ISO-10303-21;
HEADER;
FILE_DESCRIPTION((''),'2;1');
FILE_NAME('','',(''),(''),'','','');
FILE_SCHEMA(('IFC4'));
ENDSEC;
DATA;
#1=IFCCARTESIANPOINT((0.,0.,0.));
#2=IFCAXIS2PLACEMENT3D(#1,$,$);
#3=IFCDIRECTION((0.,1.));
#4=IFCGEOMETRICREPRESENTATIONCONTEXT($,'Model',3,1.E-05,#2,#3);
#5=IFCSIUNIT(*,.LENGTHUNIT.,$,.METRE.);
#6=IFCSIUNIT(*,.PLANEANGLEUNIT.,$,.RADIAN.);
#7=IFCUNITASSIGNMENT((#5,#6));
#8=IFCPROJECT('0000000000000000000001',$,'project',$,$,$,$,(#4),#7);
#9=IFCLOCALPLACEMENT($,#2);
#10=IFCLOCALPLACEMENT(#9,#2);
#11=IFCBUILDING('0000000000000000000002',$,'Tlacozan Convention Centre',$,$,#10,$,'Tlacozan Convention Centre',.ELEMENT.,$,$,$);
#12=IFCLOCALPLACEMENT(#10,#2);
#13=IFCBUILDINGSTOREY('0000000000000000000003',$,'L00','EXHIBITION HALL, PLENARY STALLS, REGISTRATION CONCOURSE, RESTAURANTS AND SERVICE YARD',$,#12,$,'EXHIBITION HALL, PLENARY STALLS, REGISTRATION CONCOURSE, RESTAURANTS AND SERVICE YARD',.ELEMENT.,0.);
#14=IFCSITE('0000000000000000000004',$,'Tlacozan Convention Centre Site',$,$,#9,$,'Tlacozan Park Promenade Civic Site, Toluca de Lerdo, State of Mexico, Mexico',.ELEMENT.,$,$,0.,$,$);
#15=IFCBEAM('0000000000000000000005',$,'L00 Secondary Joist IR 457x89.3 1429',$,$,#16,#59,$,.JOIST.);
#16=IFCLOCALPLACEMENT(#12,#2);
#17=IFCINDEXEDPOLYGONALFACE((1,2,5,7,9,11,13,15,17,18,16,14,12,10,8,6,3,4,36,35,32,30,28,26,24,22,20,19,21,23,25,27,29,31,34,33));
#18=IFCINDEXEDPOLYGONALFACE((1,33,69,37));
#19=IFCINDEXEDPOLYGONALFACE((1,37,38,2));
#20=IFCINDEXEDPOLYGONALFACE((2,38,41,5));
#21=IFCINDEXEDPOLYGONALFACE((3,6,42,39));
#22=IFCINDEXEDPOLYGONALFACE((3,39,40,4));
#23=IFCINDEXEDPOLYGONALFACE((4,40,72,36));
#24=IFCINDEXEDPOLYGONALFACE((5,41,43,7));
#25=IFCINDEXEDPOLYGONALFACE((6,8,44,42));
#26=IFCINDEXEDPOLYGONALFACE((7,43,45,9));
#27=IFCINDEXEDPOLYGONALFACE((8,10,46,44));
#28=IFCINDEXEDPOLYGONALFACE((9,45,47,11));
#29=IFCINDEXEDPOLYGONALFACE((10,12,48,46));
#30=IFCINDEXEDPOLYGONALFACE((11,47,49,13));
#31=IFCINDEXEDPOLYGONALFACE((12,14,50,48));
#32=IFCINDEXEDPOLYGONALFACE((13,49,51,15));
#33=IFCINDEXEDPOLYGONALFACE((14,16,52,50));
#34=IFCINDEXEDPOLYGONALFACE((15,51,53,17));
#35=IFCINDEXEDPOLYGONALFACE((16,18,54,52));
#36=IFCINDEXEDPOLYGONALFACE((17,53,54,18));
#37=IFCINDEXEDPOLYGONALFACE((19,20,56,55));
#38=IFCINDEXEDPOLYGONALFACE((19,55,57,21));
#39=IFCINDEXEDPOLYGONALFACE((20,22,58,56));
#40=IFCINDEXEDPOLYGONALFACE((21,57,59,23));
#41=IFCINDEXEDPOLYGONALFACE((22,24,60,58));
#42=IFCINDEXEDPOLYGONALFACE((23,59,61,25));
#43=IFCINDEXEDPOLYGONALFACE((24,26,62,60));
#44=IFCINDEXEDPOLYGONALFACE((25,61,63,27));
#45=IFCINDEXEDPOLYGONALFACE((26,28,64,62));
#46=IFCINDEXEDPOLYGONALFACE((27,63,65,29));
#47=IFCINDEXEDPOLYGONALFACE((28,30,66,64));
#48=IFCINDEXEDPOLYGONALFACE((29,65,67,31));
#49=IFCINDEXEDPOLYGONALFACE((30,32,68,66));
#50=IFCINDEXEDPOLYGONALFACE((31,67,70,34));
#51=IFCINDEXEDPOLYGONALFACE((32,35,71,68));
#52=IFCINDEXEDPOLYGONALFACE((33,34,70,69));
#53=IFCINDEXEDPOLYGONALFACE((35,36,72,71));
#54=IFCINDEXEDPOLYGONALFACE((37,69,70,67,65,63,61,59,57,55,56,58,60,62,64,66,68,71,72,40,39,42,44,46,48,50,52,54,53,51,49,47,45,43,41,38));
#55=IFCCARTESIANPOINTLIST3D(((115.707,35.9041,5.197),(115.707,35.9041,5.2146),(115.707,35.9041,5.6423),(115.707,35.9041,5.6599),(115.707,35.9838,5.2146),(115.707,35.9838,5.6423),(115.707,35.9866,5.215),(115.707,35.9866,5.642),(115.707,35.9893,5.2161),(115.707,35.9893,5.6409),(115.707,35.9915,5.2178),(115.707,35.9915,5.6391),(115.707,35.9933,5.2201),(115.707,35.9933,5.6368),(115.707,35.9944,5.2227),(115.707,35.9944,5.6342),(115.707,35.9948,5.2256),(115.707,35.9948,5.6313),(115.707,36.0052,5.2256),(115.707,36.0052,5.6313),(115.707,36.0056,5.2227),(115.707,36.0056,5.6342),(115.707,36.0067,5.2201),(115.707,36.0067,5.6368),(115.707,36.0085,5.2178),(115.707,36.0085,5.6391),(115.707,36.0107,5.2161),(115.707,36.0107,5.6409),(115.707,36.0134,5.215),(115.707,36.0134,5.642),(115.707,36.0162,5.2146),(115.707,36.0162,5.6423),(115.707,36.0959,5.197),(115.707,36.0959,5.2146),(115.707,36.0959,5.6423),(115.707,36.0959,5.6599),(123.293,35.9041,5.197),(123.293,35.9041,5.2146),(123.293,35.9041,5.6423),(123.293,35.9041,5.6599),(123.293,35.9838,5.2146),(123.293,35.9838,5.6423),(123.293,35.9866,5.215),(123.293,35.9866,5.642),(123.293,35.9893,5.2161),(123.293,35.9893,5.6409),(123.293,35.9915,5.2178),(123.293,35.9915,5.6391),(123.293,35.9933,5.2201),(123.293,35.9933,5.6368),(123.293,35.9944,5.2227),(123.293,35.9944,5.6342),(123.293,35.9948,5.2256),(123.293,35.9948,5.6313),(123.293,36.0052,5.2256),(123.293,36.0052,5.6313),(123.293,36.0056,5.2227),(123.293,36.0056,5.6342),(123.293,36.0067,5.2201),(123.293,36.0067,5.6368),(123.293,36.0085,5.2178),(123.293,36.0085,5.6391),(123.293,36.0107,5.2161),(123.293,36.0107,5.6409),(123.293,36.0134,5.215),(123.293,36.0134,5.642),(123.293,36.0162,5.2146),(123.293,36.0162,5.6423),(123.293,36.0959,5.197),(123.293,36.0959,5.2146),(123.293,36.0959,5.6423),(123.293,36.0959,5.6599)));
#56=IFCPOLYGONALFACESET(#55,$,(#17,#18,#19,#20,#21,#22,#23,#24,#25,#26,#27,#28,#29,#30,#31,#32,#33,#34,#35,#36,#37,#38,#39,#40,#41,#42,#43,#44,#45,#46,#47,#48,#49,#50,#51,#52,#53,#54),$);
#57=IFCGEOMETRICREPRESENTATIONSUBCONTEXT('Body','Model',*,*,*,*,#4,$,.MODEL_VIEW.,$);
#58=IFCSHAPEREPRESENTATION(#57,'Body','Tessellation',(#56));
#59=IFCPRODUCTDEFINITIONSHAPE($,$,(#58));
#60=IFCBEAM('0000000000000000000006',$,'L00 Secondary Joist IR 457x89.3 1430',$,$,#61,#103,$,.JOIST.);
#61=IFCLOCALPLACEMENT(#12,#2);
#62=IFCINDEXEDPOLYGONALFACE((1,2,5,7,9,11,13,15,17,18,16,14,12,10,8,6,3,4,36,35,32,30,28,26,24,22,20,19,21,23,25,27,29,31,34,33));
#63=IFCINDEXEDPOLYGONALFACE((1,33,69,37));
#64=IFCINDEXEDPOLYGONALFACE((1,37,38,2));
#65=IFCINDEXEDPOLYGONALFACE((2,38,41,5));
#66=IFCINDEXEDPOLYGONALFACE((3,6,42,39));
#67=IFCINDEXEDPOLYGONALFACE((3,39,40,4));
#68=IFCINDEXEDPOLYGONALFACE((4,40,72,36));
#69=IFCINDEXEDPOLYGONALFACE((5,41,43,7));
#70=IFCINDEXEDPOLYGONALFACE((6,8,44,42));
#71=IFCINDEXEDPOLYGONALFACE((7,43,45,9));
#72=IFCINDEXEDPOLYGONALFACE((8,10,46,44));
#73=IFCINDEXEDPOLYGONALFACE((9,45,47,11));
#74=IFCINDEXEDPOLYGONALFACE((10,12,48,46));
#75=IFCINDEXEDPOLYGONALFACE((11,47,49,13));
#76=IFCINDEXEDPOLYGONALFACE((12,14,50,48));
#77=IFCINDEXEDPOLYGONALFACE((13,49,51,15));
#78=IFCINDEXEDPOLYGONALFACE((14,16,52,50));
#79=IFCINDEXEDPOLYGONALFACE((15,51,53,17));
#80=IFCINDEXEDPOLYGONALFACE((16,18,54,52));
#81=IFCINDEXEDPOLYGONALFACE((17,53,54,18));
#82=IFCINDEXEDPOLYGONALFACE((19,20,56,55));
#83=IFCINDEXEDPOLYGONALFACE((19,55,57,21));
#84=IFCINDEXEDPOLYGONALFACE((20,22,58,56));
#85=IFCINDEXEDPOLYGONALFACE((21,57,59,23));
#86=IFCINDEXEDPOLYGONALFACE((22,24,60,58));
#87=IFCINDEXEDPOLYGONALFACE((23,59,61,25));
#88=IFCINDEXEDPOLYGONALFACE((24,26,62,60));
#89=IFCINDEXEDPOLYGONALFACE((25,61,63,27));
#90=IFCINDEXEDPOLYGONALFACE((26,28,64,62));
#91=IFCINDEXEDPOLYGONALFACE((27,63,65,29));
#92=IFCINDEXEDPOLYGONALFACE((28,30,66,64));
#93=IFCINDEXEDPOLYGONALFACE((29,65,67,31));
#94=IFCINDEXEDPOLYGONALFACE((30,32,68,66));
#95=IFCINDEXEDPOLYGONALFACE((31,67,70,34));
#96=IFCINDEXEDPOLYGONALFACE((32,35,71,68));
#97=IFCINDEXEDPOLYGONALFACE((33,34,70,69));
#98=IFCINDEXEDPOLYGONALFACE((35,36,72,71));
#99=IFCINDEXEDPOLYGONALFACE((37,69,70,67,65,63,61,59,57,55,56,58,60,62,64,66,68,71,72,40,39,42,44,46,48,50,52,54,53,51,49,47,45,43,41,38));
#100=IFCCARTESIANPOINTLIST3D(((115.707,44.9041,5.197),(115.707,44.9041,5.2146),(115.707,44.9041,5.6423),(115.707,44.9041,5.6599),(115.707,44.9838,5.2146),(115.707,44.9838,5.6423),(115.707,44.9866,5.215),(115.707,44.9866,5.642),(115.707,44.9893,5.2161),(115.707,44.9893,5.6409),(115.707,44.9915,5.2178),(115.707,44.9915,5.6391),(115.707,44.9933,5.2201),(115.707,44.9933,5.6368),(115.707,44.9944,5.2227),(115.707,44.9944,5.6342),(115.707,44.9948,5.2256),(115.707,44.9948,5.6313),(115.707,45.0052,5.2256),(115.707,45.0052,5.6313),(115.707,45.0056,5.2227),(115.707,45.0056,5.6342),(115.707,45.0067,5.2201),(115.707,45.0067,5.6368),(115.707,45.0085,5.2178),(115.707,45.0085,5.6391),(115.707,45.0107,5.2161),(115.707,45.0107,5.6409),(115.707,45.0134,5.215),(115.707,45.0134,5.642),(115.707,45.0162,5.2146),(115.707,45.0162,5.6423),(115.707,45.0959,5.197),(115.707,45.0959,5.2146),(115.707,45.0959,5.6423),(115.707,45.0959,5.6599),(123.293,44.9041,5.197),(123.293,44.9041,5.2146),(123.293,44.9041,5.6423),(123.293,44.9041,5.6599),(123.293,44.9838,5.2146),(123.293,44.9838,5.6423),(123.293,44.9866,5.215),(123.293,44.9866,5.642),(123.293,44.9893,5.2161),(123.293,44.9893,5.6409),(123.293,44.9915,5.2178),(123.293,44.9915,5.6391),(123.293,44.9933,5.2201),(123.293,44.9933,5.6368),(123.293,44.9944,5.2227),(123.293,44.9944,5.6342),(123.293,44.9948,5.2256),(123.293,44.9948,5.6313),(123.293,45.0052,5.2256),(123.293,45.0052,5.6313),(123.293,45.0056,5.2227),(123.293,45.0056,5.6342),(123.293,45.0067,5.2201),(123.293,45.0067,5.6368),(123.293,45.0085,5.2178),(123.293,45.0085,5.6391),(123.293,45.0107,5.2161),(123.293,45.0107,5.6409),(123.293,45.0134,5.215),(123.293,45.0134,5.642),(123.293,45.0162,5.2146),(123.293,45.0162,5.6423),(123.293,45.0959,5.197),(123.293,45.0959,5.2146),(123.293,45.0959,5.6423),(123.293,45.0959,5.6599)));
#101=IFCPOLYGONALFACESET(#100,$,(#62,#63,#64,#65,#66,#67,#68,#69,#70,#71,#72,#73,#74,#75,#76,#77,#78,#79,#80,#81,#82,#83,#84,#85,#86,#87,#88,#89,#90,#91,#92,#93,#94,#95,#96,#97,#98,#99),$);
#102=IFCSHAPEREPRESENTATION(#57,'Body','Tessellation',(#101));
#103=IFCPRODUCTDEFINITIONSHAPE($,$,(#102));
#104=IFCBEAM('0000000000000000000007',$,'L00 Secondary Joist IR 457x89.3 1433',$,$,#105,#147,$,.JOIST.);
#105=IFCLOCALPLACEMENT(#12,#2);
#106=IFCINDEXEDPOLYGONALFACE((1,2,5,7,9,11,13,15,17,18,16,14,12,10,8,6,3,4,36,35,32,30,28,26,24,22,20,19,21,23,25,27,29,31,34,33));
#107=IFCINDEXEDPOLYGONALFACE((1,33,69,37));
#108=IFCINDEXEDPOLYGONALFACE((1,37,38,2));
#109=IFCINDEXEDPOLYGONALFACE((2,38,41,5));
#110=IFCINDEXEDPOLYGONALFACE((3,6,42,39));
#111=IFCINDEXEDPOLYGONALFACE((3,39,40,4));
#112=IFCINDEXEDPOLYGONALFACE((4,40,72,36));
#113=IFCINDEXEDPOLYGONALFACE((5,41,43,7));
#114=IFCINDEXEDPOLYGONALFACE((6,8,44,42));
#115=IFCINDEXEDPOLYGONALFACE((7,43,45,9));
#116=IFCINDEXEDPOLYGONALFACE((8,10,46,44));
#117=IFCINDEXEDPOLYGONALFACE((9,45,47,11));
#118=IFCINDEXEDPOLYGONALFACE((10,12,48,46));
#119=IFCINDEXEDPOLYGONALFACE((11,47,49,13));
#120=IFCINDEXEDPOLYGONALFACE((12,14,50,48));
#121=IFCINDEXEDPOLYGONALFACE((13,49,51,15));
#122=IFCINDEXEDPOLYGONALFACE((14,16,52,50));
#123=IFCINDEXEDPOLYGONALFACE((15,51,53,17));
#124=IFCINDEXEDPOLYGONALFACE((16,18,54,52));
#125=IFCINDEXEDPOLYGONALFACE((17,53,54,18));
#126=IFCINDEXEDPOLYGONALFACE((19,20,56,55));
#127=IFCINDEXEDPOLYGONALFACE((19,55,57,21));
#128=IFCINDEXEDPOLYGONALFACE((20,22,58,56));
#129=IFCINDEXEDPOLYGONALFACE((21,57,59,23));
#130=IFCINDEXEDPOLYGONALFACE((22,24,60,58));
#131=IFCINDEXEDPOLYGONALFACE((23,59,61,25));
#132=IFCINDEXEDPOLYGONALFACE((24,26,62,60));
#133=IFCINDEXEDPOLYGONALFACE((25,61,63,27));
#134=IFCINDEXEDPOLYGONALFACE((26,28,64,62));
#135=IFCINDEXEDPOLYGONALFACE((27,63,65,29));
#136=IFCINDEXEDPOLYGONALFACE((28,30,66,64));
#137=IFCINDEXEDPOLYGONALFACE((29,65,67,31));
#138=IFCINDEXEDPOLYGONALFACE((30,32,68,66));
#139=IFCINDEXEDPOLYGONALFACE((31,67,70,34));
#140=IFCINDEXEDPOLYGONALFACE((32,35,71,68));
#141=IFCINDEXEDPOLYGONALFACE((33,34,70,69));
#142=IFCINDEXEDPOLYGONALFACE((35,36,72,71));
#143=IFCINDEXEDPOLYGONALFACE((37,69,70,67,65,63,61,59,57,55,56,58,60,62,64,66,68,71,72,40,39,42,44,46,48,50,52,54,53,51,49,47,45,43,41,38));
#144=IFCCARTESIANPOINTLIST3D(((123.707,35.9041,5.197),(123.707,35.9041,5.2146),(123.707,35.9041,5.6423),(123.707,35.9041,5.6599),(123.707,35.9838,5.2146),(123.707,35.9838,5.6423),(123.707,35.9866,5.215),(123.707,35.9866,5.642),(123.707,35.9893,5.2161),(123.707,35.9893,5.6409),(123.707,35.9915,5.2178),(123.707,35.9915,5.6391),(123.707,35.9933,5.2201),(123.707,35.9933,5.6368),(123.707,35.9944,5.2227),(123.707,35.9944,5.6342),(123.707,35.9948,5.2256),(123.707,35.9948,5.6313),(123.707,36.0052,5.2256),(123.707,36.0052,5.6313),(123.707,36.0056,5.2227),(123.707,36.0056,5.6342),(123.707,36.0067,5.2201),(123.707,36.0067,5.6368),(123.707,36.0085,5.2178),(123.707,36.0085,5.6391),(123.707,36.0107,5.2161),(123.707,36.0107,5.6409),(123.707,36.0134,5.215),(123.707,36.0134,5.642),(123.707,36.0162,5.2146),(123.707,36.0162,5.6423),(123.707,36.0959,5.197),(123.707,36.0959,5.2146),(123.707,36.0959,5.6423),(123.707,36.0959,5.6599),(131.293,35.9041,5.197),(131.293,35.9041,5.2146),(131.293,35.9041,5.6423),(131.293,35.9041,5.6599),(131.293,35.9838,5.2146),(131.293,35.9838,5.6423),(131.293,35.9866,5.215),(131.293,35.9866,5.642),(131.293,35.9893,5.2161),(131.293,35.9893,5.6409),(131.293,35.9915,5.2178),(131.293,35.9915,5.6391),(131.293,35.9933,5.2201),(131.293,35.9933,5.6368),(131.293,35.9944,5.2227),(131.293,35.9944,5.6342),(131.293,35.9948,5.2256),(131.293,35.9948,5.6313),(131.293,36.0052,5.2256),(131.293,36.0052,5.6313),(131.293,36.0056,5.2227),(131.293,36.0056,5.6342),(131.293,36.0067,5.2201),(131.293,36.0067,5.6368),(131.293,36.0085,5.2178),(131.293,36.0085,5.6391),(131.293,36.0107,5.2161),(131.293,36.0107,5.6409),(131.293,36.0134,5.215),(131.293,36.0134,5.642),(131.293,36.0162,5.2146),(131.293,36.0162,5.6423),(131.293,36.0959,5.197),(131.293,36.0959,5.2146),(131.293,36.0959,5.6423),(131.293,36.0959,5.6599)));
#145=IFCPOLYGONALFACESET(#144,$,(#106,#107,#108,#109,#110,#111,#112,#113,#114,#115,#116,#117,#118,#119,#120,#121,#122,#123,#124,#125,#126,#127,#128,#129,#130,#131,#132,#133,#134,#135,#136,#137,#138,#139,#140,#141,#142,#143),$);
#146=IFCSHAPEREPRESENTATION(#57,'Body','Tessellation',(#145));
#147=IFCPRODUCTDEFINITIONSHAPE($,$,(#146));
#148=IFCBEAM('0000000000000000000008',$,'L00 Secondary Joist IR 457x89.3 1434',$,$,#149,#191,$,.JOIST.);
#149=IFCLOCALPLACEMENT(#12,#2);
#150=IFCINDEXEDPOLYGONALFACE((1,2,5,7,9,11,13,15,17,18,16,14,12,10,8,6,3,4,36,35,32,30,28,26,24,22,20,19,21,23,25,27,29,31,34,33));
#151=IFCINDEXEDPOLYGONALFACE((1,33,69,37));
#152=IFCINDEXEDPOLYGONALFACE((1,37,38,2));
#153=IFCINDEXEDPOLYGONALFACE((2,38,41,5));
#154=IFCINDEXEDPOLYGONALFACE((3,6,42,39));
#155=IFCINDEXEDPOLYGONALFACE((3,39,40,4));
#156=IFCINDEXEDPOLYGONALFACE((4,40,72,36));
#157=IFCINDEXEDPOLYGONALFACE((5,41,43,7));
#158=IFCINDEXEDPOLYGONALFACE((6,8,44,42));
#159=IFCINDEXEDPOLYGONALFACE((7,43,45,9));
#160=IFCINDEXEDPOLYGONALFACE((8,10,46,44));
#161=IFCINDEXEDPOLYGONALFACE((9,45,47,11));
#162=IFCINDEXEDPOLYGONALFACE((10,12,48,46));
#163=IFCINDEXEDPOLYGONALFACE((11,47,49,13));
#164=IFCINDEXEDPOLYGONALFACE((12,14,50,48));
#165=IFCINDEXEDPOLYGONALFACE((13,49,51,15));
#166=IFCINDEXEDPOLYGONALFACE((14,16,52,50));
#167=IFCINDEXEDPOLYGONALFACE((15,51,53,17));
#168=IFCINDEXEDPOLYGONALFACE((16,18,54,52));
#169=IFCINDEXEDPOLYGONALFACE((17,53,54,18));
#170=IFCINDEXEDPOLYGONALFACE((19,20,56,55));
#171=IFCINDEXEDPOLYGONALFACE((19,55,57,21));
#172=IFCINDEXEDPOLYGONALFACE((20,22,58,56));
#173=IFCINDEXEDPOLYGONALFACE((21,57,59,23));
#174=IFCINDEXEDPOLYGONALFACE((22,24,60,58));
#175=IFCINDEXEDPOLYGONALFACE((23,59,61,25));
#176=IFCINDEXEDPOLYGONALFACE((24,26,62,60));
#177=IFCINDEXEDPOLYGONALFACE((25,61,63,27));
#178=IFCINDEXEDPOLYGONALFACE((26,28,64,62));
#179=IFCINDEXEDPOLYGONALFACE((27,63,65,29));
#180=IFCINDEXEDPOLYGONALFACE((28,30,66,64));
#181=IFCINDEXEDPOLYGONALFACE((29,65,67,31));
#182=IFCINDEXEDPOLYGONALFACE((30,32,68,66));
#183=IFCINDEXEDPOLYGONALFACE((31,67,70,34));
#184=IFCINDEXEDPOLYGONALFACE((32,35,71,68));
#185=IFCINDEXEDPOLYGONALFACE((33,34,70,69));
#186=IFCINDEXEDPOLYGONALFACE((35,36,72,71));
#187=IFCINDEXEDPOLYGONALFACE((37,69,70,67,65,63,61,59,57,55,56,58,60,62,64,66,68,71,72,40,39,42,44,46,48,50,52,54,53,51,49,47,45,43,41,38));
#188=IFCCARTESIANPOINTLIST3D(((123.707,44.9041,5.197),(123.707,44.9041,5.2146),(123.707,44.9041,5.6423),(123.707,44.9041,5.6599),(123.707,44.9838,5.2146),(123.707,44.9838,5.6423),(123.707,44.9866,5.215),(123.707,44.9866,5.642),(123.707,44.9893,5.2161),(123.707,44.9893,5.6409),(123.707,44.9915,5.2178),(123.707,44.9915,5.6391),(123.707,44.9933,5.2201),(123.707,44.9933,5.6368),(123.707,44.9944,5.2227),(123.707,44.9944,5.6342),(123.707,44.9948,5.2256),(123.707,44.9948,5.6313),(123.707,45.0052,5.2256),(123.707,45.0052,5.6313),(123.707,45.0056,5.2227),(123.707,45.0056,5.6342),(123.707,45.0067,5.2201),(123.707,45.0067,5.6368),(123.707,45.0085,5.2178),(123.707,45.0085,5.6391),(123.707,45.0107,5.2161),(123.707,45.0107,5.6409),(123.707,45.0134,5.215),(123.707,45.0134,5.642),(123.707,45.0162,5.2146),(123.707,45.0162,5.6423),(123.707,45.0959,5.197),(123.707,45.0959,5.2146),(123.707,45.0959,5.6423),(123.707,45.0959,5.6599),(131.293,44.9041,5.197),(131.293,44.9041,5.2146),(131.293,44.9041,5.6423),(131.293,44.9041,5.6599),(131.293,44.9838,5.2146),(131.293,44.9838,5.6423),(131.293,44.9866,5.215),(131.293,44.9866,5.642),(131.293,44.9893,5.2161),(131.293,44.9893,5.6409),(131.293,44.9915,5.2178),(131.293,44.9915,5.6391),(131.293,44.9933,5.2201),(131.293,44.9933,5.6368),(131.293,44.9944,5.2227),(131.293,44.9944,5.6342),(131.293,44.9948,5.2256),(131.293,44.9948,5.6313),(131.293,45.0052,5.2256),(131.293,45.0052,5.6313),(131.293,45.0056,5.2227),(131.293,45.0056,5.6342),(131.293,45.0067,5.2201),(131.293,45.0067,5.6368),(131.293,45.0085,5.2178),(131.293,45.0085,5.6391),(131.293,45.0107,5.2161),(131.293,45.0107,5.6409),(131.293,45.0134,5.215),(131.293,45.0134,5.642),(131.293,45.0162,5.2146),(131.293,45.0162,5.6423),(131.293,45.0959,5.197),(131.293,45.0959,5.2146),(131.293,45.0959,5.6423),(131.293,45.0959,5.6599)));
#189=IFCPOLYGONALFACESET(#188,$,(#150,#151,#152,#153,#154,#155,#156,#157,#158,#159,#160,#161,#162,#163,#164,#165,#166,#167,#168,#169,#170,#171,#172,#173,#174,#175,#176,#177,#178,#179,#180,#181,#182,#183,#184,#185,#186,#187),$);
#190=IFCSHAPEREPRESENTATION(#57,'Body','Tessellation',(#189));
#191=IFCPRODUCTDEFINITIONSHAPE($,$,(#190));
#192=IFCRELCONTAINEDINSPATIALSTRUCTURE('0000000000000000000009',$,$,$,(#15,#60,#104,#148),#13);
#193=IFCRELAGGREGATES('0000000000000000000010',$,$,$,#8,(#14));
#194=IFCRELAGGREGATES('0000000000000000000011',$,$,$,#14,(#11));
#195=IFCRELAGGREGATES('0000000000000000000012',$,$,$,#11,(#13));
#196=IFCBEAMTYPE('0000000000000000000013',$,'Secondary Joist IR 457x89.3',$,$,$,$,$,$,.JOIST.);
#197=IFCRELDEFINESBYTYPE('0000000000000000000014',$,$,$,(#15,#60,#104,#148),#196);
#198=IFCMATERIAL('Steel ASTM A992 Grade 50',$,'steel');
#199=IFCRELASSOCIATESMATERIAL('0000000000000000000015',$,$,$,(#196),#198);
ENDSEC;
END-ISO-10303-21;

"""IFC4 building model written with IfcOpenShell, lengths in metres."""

from ifc_helpers import new_model, si_unit, direction, frame, origin, origin_2d, place, context, subcontext, project, spatial, i_section, extrude, material, material_profile, profile_set, type_object, element, save


model = new_model("IFC4")

# Units and contexts
model_context = context("Model", 3, precision=1e-05, world=origin(), true_north=direction((0.0, 1.0)))
body_context = subcontext(model_context, "Body", "Model", "MODEL_VIEW")
ifc_project = project(units=[si_unit("LENGTHUNIT", "METRE"), si_unit("PLANEANGLEUNIT", "RADIAN")], contexts=[model_context])

# Site, building, storey
site_placement = place(None, origin())
site = spatial("IfcSite", under=ifc_project, at=site_placement, Name="Tlacozan Convention Centre Site", LongName="Tlacozan Park Promenade Civic Site, Toluca de Lerdo, State of Mexico, Mexico", CompositionType="ELEMENT", RefElevation=0.0)
building_placement = place(site_placement, origin())
building = spatial("IfcBuilding", under=site, at=building_placement, Name="Tlacozan Convention Centre", LongName="Tlacozan Convention Centre", CompositionType="ELEMENT")
storey_placement = place(building_placement, origin())
storey = spatial("IfcBuildingStorey", under=building, at=storey_placement, Name="L00", Description="EXHIBITION HALL, PLENARY STALLS, REGISTRATION CONCOURSE, RESTAURANTS AND SERVICE YARD", LongName="EXHIBITION HALL, PLENARY STALLS, REGISTRATION CONCOURSE, RESTAURANTS AND SERVICE YARD", CompositionType="ELEMENT", Elevation=0.0)

# Beams
ifc_material_1 = material(Name="Steel ASTM A992 Grade 50", Category="steel")
ifc_material_profile_1 = material_profile(ifc_material_1, i_section(OverallWidth=0.1919, OverallDepth=0.4629, WebThickness=0.0105, FlangeThickness=0.0176, FilletRadius=0.011, at=origin_2d()), Name="IR 457x89.3")
ifc_profile_set_1 = profile_set([ifc_material_profile_1], Name="Steel ASTM A992 Grade 50")
beam_type_1 = type_object("IfcBeamType", Name="Secondary Joist IR 457x89.3", PredefinedType="JOIST", material=ifc_profile_set_1)
for number, where, z_axis, x_axis, name in (
    (1, (115.707, 36.0, 5.4285), (1.0, 0.0, 0.0), (0.0, 1.0, 0.0), "L00 Secondary Joist IR 457x89.3 1429"),
    (2, (115.707, 45.0, 5.4285), (1.0, 0.0, 0.0), (0.0, 1.0, 0.0), "L00 Secondary Joist IR 457x89.3 1430"),
    (3, (123.707, 36.0, 5.4285), (1.0, 0.0, 0.0), (0.0, 1.0, 0.0), "L00 Secondary Joist IR 457x89.3 1433"),
    (4, (123.707, 45.0, 5.4285), (1.0, 0.0, 0.0), (0.0, 1.0, 0.0), "L00 Secondary Joist IR 457x89.3 1434"),
):
    element("IfcBeam", number, at=place(storey_placement, frame(where, z_axis=z_axis, x_axis=x_axis)), inside=storey, type_object=beam_type_1, Name=name, PredefinedType="JOIST", context=body_context, shape_type="SweptSolid", body=[
        extrude(i_section(OverallWidth=0.1919, OverallDepth=0.4629, WebThickness=0.0105, FlangeThickness=0.0176, FilletRadius=0.011, at=origin_2d()), origin(), (0.0, 0.0, 1.0), 7.5859),
    ])

save(model, "model.ifc")
